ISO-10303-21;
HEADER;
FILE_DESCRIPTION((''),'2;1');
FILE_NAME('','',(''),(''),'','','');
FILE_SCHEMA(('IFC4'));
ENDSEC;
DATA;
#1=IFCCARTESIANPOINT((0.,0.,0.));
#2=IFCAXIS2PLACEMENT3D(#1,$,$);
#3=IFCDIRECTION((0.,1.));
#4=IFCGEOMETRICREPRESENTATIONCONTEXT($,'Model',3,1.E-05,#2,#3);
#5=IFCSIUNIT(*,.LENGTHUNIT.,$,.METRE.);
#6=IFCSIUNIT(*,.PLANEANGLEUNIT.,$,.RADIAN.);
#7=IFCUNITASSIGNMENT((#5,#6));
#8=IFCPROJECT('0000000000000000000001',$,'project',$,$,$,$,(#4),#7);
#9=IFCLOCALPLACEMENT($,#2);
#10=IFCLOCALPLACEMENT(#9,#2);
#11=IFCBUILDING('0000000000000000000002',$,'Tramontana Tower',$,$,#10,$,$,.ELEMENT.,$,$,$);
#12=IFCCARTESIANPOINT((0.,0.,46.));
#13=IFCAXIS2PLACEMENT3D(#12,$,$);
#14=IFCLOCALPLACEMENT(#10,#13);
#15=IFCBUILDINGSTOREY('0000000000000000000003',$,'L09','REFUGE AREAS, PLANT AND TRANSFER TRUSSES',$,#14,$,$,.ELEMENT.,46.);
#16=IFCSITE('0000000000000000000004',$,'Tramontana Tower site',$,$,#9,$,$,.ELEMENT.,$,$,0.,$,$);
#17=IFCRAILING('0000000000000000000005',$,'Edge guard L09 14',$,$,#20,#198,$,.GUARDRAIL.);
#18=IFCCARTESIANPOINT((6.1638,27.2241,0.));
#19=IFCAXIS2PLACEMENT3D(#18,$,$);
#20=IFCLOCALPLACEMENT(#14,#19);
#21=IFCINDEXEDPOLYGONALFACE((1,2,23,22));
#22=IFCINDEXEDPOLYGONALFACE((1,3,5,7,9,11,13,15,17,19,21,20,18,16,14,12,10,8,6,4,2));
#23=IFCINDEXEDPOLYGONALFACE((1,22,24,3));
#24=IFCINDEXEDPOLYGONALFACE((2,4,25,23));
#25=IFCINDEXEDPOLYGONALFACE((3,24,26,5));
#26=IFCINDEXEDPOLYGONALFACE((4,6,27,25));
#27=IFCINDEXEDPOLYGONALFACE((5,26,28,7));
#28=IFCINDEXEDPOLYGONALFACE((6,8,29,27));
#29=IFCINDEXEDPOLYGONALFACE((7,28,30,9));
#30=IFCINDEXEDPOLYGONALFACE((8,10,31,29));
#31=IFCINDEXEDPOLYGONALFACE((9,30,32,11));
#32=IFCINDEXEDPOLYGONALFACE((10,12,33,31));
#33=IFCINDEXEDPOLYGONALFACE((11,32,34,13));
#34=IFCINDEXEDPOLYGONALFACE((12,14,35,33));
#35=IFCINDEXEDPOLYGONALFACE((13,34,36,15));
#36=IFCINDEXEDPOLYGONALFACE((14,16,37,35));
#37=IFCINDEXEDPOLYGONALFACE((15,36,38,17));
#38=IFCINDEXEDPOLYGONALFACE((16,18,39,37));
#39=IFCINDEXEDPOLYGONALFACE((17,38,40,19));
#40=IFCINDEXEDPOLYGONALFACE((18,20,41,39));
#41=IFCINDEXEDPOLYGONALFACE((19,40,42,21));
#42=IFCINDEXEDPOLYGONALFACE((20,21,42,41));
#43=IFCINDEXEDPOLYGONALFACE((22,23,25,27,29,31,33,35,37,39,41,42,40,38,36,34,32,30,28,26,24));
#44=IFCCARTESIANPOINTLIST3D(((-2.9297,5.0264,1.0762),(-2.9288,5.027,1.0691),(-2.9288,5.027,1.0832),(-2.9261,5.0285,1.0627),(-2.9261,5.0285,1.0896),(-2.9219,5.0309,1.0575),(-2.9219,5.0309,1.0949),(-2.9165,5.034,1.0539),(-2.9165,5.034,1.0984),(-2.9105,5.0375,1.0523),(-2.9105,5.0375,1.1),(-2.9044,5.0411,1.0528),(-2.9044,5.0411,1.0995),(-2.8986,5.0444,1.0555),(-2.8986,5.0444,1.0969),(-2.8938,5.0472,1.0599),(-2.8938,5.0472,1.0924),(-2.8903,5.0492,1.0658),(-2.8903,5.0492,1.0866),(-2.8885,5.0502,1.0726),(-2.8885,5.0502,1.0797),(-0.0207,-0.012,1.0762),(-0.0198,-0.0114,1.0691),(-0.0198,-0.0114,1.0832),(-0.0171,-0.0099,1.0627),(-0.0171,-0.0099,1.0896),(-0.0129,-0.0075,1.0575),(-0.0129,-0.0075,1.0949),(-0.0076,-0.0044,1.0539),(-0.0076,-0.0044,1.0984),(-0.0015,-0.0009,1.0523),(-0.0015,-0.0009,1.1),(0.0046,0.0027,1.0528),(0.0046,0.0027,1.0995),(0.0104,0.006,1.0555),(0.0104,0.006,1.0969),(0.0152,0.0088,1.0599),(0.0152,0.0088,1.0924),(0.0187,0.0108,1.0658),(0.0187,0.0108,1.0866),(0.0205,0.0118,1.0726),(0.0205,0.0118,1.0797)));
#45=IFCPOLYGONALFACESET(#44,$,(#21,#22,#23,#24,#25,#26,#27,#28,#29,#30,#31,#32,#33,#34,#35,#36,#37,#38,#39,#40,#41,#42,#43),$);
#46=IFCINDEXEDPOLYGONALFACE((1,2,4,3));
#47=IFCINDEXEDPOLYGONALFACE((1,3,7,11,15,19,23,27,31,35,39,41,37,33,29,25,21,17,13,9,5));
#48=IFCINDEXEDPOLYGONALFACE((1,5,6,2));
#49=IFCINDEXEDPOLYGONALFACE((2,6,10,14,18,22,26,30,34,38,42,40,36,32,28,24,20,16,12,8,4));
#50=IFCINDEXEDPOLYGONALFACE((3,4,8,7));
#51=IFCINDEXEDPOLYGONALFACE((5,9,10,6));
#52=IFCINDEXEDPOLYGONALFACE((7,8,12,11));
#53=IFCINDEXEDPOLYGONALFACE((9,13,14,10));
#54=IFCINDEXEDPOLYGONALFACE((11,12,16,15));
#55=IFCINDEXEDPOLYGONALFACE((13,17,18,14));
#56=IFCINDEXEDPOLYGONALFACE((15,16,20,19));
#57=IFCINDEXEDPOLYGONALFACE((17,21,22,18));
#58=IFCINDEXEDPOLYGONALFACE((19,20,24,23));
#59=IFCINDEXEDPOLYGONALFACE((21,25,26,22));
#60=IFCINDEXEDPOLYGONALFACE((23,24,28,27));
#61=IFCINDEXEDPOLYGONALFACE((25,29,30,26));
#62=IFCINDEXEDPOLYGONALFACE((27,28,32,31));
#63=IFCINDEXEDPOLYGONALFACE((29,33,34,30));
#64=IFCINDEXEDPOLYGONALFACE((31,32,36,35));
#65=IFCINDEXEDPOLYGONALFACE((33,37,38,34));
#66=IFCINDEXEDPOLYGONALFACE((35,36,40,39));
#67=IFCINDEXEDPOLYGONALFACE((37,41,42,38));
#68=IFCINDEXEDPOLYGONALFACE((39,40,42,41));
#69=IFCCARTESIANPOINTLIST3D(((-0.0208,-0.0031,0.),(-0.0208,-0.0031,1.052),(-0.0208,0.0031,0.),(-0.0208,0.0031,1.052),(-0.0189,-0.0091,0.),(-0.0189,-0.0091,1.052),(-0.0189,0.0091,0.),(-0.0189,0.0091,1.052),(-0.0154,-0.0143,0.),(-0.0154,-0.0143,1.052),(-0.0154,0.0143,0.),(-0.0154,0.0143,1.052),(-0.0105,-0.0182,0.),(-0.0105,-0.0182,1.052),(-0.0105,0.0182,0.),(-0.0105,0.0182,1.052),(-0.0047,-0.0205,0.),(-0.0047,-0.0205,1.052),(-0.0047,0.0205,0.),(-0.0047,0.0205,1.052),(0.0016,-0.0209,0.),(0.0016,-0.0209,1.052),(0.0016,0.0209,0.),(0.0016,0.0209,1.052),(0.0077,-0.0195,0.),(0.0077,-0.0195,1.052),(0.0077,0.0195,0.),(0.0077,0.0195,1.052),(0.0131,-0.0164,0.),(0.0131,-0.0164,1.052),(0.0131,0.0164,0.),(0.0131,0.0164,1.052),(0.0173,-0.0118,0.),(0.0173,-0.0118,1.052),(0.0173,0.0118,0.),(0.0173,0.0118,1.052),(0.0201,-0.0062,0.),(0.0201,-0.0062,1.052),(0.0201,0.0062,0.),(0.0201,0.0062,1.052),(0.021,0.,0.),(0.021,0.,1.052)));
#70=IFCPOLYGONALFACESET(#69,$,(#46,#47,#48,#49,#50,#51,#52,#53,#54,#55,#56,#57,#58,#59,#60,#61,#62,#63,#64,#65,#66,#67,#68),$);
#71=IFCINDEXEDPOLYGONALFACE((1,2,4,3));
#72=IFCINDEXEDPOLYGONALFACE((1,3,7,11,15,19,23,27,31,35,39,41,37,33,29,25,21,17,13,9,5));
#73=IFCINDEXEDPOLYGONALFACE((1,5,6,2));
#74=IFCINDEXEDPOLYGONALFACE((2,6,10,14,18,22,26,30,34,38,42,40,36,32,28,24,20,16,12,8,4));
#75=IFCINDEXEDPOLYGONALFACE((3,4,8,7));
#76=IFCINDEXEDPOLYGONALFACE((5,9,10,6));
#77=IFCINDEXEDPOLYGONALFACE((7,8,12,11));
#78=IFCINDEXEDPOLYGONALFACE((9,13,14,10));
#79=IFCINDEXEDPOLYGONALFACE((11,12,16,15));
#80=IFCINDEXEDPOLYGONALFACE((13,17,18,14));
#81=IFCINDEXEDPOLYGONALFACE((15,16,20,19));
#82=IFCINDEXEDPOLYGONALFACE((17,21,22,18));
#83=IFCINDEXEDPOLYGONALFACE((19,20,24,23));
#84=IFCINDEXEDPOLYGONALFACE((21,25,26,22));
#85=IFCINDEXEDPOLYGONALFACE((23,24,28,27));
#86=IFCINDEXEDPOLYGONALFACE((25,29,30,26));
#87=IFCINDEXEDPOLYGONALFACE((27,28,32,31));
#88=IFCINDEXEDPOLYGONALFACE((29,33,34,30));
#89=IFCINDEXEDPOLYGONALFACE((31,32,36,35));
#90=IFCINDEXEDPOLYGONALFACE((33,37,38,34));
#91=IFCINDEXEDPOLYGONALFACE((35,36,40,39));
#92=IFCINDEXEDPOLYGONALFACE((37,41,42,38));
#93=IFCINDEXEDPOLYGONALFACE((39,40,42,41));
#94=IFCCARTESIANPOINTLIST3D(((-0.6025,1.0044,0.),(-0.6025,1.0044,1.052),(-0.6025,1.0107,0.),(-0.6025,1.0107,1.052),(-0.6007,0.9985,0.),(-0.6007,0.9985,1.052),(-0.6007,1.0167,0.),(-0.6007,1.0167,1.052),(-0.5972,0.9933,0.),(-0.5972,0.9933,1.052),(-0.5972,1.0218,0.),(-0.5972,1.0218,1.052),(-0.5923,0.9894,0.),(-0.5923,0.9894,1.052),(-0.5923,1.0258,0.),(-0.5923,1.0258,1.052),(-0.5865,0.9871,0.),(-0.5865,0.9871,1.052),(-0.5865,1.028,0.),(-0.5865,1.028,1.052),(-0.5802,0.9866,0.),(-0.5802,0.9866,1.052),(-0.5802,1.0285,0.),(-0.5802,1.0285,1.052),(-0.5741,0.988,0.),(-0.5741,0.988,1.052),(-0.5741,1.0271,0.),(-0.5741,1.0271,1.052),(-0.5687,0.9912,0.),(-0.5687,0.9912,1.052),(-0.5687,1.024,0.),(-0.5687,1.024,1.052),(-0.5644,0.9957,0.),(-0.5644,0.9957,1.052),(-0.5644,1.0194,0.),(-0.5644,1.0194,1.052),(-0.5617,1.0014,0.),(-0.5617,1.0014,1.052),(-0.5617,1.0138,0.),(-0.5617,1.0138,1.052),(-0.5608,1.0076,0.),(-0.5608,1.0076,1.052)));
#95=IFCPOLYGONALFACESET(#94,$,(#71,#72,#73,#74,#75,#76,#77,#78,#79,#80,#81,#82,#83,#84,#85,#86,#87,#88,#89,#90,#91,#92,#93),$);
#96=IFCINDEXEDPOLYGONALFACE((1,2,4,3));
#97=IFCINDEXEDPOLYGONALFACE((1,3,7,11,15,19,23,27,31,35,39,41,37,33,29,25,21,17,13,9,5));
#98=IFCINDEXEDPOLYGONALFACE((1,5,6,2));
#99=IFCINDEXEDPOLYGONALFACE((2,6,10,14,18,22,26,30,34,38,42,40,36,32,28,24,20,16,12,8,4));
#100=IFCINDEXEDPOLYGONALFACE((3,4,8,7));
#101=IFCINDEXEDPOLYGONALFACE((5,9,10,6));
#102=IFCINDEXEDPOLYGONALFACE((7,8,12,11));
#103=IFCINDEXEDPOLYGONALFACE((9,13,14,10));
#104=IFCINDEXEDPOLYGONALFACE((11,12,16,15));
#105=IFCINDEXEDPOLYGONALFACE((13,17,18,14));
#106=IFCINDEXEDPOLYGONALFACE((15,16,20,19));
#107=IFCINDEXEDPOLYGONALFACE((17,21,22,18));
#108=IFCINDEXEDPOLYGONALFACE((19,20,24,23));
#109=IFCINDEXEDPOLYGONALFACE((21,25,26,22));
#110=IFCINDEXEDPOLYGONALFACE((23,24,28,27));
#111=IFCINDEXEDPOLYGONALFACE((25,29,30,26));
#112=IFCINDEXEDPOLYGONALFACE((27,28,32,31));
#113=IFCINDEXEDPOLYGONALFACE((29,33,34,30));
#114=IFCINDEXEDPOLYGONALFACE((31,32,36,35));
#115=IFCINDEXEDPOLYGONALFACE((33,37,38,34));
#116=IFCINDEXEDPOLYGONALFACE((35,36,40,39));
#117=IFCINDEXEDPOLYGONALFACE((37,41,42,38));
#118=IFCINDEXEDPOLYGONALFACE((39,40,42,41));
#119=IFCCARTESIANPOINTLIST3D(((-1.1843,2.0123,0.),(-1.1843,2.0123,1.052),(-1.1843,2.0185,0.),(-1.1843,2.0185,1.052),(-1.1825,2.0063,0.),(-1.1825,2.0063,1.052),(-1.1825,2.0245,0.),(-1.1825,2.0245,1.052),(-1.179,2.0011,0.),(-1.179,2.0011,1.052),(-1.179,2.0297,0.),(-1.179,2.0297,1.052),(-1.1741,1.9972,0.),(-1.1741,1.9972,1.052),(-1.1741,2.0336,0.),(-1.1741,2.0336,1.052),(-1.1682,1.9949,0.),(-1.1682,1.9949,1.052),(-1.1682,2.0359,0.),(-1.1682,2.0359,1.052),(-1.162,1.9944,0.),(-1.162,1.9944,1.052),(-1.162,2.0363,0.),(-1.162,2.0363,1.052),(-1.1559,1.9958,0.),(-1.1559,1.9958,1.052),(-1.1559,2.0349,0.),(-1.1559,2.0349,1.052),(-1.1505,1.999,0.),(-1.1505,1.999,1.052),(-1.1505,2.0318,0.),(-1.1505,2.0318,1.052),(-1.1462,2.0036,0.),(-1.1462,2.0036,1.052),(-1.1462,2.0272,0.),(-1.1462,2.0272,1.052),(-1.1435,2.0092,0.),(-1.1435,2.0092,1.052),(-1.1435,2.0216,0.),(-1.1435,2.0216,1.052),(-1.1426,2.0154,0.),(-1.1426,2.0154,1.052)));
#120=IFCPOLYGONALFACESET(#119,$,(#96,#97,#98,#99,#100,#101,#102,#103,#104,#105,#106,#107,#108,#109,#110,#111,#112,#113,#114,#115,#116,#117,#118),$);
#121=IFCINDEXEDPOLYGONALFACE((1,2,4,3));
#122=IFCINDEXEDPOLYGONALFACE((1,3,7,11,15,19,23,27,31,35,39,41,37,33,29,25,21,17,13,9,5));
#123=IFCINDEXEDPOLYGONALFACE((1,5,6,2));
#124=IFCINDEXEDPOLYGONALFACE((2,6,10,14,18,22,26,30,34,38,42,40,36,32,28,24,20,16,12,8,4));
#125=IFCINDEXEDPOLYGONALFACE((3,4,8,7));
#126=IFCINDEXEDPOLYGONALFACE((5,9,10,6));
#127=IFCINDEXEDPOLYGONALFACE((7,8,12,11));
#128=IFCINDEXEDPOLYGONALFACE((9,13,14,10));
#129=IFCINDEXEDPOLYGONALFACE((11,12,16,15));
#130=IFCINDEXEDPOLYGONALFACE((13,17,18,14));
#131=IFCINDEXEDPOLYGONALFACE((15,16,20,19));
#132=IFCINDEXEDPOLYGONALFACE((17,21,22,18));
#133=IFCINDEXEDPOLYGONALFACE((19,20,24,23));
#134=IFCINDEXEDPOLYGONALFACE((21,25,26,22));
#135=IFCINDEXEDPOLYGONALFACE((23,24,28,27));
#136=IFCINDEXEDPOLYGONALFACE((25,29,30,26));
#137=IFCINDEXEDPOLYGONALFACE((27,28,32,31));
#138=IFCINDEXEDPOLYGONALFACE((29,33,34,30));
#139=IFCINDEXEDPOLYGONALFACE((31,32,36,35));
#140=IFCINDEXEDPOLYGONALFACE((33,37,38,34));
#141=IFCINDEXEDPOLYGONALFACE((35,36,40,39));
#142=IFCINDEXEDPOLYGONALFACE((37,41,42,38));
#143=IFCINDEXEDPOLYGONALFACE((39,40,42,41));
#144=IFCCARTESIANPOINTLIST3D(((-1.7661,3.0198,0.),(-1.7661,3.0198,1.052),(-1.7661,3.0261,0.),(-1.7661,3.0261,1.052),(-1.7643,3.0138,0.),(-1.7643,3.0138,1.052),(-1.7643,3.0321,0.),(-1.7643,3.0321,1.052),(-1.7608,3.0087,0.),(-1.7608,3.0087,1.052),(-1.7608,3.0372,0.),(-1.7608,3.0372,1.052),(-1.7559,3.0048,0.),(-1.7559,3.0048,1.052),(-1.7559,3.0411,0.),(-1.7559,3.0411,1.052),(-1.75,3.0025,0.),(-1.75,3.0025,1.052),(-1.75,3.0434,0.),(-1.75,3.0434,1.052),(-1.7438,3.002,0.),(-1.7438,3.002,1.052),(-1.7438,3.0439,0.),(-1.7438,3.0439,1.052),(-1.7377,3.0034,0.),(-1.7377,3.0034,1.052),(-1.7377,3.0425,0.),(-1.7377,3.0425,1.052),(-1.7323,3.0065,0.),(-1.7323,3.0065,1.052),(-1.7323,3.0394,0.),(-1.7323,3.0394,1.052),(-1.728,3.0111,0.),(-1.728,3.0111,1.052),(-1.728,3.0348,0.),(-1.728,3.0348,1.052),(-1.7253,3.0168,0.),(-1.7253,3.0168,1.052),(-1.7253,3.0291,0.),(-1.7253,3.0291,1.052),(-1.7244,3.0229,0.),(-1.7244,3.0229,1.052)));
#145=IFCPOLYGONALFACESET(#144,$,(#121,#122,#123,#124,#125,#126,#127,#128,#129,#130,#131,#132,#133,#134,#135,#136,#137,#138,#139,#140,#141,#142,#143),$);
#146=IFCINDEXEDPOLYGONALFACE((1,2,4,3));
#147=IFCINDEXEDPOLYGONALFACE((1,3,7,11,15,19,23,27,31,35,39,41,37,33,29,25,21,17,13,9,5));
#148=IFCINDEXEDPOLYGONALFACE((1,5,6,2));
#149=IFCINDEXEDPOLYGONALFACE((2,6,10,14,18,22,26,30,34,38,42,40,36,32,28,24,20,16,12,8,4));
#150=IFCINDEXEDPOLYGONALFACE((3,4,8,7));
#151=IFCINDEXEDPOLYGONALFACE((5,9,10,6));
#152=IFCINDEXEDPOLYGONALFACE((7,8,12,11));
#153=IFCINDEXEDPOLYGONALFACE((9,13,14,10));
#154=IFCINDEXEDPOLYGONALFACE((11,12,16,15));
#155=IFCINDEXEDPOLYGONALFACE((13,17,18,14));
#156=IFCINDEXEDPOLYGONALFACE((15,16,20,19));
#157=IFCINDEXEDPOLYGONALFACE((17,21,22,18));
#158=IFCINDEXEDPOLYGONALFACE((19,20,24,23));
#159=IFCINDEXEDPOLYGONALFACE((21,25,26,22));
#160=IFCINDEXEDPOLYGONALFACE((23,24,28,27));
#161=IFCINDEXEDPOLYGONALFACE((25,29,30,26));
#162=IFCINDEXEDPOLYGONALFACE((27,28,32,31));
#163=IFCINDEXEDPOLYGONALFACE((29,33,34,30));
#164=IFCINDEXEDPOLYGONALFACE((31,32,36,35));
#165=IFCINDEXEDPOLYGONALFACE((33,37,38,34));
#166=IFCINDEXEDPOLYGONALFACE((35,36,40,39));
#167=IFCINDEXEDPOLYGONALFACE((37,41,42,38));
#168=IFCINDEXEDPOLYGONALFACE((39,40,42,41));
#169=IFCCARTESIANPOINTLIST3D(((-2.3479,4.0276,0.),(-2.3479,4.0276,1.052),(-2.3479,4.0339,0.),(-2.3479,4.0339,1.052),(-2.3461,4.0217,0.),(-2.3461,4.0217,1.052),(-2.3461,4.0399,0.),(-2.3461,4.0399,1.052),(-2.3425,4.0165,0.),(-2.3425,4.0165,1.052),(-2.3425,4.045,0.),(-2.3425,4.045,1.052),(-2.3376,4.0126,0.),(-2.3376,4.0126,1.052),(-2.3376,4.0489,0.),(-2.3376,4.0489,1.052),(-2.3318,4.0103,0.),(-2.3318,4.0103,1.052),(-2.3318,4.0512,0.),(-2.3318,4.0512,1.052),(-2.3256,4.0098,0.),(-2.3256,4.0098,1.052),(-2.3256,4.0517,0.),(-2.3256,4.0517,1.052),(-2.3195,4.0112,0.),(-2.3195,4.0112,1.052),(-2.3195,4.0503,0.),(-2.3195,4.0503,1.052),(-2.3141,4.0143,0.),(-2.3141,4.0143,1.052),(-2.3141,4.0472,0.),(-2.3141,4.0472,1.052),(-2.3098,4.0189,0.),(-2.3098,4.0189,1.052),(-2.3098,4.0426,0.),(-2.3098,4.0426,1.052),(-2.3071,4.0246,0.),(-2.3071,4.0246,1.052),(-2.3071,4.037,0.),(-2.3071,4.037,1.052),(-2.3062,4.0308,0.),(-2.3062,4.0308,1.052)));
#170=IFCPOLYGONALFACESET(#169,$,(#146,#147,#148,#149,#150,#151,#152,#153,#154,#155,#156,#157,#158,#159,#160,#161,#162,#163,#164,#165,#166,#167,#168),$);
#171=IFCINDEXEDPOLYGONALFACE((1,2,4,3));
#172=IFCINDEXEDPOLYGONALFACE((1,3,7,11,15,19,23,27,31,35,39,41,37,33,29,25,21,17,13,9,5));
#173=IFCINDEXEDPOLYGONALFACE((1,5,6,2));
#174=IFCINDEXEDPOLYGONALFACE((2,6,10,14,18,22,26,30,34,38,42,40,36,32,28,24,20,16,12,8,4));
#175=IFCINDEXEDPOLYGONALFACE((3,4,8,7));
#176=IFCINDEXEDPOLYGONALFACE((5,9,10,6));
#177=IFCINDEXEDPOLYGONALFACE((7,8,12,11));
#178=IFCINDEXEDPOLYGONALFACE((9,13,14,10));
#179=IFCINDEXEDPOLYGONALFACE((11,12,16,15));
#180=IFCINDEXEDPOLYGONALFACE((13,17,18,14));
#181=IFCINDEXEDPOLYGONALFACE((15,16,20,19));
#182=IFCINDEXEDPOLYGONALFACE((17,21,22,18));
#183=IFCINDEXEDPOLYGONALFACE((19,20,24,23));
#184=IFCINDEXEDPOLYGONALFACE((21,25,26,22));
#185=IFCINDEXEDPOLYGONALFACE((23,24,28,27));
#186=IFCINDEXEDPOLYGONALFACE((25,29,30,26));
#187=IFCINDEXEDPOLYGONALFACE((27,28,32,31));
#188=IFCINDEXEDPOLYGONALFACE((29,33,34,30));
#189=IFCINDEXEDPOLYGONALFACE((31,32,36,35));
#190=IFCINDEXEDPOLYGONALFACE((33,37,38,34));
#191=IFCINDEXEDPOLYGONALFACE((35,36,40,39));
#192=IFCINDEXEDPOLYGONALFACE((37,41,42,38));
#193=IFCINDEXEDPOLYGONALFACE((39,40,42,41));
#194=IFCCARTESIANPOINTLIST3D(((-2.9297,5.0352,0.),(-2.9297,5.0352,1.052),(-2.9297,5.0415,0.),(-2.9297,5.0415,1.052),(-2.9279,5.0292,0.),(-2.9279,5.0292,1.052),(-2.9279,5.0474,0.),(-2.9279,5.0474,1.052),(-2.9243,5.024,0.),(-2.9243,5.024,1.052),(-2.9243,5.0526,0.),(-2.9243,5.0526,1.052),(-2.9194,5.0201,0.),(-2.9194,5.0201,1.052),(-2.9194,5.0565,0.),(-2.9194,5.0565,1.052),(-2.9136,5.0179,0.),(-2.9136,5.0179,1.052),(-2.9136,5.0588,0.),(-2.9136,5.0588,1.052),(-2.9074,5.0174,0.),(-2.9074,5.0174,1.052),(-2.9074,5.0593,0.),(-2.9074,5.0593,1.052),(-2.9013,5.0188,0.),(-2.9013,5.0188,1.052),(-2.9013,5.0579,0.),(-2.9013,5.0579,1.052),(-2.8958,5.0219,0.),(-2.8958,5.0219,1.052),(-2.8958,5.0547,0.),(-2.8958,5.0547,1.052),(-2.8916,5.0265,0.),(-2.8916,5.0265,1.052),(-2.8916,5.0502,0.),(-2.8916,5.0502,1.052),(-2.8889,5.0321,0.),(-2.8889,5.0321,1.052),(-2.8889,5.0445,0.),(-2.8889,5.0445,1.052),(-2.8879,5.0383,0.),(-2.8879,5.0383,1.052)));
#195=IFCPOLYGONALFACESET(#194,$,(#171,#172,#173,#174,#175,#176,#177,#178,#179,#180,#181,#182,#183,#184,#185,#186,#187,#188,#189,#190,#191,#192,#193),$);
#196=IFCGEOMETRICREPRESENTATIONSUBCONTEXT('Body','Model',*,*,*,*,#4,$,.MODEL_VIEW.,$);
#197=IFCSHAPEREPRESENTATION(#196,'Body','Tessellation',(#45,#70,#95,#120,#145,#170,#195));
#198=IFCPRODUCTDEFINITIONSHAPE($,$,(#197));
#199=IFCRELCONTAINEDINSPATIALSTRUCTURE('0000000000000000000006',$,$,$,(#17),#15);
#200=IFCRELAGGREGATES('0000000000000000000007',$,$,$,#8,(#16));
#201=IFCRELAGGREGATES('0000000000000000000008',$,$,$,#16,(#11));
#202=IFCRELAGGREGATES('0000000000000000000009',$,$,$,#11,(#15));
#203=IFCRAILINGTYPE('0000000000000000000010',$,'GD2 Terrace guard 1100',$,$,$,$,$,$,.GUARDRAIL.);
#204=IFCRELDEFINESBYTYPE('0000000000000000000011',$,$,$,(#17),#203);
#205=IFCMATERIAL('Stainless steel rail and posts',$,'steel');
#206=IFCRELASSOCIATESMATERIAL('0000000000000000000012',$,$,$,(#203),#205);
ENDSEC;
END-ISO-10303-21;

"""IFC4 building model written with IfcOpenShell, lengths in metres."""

from ifc_helpers import new_model, si_unit, direction, frame, origin, origin_2d, place, context, subcontext, project, spatial, circle, extrude, material, type_object, element, save


model = new_model("IFC4")

# Units and contexts
model_context = context("Model", 3, precision=1e-05, world=origin(), true_north=direction((0.0, 1.0)))
body_context = subcontext(model_context, "Body", "Model", "MODEL_VIEW")
ifc_project = project(units=[si_unit("LENGTHUNIT", "METRE"), si_unit("PLANEANGLEUNIT", "RADIAN")], contexts=[model_context])

# Site, building, storey
site_placement = place(None, origin())
site = spatial("IfcSite", under=ifc_project, at=site_placement, Name="Tramontana Tower site", CompositionType="ELEMENT", RefElevation=0.0)
building_placement = place(site_placement, origin())
building = spatial("IfcBuilding", under=site, at=building_placement, Name="Tramontana Tower", CompositionType="ELEMENT")
storey_placement = place(building_placement, frame((0.0, 0.0, 46.0)))
storey = spatial("IfcBuildingStorey", under=building, at=storey_placement, Name="L09", Description="REFUGE AREAS, PLANT AND TRANSFER TRUSSES", CompositionType="ELEMENT", Elevation=46.0)

# Railing
ifc_material_1 = material(Name="Stainless steel rail and posts", Category="steel")
railing_type = type_object("IfcRailingType", Name="GD2 Terrace guard 1100", PredefinedType="GUARDRAIL", material=ifc_material_1)
railing_1_placement = place(storey_placement, frame((6.1638, 27.2241, 0.0)))
element("IfcRailing", 1, at=railing_1_placement, inside=storey, type_object=railing_type, Name="Edge guard L09 14", PredefinedType="GUARDRAIL", context=body_context, shape_type="SweptSolid", body=[
    extrude(circle(Radius=0.0239, at=origin_2d()), frame((0.0, 0.0, 1.0762), z_axis=(-0.500007, 0.866021, 0.0), x_axis=(-0.866021, -0.500007, 0.0)), (0.0, 0.0, 1.0), 5.8179),
    extrude(circle(Radius=0.021, at=origin_2d()), origin(), (0.0, 0.0, 1.0), 1.052),
    extrude(circle(Radius=0.021, at=origin_2d()), frame((-0.5818, 1.0076, 0.0)), (0.0, 0.0, 1.0), 1.052),
    extrude(circle(Radius=0.021, at=origin_2d()), frame((-1.1636, 2.0154, 0.0)), (0.0, 0.0, 1.0), 1.052),
    extrude(circle(Radius=0.021, at=origin_2d()), frame((-1.7454, 3.0229, 0.0)), (0.0, 0.0, 1.0), 1.052),
    extrude(circle(Radius=0.021, at=origin_2d()), frame((-2.3271, 4.0308, 0.0)), (0.0, 0.0, 1.0), 1.052),
    extrude(circle(Radius=0.021, at=origin_2d()), frame((-2.9089, 5.0383, 0.0)), (0.0, 0.0, 1.0), 1.052),
])

save(model, "model.ifc")
